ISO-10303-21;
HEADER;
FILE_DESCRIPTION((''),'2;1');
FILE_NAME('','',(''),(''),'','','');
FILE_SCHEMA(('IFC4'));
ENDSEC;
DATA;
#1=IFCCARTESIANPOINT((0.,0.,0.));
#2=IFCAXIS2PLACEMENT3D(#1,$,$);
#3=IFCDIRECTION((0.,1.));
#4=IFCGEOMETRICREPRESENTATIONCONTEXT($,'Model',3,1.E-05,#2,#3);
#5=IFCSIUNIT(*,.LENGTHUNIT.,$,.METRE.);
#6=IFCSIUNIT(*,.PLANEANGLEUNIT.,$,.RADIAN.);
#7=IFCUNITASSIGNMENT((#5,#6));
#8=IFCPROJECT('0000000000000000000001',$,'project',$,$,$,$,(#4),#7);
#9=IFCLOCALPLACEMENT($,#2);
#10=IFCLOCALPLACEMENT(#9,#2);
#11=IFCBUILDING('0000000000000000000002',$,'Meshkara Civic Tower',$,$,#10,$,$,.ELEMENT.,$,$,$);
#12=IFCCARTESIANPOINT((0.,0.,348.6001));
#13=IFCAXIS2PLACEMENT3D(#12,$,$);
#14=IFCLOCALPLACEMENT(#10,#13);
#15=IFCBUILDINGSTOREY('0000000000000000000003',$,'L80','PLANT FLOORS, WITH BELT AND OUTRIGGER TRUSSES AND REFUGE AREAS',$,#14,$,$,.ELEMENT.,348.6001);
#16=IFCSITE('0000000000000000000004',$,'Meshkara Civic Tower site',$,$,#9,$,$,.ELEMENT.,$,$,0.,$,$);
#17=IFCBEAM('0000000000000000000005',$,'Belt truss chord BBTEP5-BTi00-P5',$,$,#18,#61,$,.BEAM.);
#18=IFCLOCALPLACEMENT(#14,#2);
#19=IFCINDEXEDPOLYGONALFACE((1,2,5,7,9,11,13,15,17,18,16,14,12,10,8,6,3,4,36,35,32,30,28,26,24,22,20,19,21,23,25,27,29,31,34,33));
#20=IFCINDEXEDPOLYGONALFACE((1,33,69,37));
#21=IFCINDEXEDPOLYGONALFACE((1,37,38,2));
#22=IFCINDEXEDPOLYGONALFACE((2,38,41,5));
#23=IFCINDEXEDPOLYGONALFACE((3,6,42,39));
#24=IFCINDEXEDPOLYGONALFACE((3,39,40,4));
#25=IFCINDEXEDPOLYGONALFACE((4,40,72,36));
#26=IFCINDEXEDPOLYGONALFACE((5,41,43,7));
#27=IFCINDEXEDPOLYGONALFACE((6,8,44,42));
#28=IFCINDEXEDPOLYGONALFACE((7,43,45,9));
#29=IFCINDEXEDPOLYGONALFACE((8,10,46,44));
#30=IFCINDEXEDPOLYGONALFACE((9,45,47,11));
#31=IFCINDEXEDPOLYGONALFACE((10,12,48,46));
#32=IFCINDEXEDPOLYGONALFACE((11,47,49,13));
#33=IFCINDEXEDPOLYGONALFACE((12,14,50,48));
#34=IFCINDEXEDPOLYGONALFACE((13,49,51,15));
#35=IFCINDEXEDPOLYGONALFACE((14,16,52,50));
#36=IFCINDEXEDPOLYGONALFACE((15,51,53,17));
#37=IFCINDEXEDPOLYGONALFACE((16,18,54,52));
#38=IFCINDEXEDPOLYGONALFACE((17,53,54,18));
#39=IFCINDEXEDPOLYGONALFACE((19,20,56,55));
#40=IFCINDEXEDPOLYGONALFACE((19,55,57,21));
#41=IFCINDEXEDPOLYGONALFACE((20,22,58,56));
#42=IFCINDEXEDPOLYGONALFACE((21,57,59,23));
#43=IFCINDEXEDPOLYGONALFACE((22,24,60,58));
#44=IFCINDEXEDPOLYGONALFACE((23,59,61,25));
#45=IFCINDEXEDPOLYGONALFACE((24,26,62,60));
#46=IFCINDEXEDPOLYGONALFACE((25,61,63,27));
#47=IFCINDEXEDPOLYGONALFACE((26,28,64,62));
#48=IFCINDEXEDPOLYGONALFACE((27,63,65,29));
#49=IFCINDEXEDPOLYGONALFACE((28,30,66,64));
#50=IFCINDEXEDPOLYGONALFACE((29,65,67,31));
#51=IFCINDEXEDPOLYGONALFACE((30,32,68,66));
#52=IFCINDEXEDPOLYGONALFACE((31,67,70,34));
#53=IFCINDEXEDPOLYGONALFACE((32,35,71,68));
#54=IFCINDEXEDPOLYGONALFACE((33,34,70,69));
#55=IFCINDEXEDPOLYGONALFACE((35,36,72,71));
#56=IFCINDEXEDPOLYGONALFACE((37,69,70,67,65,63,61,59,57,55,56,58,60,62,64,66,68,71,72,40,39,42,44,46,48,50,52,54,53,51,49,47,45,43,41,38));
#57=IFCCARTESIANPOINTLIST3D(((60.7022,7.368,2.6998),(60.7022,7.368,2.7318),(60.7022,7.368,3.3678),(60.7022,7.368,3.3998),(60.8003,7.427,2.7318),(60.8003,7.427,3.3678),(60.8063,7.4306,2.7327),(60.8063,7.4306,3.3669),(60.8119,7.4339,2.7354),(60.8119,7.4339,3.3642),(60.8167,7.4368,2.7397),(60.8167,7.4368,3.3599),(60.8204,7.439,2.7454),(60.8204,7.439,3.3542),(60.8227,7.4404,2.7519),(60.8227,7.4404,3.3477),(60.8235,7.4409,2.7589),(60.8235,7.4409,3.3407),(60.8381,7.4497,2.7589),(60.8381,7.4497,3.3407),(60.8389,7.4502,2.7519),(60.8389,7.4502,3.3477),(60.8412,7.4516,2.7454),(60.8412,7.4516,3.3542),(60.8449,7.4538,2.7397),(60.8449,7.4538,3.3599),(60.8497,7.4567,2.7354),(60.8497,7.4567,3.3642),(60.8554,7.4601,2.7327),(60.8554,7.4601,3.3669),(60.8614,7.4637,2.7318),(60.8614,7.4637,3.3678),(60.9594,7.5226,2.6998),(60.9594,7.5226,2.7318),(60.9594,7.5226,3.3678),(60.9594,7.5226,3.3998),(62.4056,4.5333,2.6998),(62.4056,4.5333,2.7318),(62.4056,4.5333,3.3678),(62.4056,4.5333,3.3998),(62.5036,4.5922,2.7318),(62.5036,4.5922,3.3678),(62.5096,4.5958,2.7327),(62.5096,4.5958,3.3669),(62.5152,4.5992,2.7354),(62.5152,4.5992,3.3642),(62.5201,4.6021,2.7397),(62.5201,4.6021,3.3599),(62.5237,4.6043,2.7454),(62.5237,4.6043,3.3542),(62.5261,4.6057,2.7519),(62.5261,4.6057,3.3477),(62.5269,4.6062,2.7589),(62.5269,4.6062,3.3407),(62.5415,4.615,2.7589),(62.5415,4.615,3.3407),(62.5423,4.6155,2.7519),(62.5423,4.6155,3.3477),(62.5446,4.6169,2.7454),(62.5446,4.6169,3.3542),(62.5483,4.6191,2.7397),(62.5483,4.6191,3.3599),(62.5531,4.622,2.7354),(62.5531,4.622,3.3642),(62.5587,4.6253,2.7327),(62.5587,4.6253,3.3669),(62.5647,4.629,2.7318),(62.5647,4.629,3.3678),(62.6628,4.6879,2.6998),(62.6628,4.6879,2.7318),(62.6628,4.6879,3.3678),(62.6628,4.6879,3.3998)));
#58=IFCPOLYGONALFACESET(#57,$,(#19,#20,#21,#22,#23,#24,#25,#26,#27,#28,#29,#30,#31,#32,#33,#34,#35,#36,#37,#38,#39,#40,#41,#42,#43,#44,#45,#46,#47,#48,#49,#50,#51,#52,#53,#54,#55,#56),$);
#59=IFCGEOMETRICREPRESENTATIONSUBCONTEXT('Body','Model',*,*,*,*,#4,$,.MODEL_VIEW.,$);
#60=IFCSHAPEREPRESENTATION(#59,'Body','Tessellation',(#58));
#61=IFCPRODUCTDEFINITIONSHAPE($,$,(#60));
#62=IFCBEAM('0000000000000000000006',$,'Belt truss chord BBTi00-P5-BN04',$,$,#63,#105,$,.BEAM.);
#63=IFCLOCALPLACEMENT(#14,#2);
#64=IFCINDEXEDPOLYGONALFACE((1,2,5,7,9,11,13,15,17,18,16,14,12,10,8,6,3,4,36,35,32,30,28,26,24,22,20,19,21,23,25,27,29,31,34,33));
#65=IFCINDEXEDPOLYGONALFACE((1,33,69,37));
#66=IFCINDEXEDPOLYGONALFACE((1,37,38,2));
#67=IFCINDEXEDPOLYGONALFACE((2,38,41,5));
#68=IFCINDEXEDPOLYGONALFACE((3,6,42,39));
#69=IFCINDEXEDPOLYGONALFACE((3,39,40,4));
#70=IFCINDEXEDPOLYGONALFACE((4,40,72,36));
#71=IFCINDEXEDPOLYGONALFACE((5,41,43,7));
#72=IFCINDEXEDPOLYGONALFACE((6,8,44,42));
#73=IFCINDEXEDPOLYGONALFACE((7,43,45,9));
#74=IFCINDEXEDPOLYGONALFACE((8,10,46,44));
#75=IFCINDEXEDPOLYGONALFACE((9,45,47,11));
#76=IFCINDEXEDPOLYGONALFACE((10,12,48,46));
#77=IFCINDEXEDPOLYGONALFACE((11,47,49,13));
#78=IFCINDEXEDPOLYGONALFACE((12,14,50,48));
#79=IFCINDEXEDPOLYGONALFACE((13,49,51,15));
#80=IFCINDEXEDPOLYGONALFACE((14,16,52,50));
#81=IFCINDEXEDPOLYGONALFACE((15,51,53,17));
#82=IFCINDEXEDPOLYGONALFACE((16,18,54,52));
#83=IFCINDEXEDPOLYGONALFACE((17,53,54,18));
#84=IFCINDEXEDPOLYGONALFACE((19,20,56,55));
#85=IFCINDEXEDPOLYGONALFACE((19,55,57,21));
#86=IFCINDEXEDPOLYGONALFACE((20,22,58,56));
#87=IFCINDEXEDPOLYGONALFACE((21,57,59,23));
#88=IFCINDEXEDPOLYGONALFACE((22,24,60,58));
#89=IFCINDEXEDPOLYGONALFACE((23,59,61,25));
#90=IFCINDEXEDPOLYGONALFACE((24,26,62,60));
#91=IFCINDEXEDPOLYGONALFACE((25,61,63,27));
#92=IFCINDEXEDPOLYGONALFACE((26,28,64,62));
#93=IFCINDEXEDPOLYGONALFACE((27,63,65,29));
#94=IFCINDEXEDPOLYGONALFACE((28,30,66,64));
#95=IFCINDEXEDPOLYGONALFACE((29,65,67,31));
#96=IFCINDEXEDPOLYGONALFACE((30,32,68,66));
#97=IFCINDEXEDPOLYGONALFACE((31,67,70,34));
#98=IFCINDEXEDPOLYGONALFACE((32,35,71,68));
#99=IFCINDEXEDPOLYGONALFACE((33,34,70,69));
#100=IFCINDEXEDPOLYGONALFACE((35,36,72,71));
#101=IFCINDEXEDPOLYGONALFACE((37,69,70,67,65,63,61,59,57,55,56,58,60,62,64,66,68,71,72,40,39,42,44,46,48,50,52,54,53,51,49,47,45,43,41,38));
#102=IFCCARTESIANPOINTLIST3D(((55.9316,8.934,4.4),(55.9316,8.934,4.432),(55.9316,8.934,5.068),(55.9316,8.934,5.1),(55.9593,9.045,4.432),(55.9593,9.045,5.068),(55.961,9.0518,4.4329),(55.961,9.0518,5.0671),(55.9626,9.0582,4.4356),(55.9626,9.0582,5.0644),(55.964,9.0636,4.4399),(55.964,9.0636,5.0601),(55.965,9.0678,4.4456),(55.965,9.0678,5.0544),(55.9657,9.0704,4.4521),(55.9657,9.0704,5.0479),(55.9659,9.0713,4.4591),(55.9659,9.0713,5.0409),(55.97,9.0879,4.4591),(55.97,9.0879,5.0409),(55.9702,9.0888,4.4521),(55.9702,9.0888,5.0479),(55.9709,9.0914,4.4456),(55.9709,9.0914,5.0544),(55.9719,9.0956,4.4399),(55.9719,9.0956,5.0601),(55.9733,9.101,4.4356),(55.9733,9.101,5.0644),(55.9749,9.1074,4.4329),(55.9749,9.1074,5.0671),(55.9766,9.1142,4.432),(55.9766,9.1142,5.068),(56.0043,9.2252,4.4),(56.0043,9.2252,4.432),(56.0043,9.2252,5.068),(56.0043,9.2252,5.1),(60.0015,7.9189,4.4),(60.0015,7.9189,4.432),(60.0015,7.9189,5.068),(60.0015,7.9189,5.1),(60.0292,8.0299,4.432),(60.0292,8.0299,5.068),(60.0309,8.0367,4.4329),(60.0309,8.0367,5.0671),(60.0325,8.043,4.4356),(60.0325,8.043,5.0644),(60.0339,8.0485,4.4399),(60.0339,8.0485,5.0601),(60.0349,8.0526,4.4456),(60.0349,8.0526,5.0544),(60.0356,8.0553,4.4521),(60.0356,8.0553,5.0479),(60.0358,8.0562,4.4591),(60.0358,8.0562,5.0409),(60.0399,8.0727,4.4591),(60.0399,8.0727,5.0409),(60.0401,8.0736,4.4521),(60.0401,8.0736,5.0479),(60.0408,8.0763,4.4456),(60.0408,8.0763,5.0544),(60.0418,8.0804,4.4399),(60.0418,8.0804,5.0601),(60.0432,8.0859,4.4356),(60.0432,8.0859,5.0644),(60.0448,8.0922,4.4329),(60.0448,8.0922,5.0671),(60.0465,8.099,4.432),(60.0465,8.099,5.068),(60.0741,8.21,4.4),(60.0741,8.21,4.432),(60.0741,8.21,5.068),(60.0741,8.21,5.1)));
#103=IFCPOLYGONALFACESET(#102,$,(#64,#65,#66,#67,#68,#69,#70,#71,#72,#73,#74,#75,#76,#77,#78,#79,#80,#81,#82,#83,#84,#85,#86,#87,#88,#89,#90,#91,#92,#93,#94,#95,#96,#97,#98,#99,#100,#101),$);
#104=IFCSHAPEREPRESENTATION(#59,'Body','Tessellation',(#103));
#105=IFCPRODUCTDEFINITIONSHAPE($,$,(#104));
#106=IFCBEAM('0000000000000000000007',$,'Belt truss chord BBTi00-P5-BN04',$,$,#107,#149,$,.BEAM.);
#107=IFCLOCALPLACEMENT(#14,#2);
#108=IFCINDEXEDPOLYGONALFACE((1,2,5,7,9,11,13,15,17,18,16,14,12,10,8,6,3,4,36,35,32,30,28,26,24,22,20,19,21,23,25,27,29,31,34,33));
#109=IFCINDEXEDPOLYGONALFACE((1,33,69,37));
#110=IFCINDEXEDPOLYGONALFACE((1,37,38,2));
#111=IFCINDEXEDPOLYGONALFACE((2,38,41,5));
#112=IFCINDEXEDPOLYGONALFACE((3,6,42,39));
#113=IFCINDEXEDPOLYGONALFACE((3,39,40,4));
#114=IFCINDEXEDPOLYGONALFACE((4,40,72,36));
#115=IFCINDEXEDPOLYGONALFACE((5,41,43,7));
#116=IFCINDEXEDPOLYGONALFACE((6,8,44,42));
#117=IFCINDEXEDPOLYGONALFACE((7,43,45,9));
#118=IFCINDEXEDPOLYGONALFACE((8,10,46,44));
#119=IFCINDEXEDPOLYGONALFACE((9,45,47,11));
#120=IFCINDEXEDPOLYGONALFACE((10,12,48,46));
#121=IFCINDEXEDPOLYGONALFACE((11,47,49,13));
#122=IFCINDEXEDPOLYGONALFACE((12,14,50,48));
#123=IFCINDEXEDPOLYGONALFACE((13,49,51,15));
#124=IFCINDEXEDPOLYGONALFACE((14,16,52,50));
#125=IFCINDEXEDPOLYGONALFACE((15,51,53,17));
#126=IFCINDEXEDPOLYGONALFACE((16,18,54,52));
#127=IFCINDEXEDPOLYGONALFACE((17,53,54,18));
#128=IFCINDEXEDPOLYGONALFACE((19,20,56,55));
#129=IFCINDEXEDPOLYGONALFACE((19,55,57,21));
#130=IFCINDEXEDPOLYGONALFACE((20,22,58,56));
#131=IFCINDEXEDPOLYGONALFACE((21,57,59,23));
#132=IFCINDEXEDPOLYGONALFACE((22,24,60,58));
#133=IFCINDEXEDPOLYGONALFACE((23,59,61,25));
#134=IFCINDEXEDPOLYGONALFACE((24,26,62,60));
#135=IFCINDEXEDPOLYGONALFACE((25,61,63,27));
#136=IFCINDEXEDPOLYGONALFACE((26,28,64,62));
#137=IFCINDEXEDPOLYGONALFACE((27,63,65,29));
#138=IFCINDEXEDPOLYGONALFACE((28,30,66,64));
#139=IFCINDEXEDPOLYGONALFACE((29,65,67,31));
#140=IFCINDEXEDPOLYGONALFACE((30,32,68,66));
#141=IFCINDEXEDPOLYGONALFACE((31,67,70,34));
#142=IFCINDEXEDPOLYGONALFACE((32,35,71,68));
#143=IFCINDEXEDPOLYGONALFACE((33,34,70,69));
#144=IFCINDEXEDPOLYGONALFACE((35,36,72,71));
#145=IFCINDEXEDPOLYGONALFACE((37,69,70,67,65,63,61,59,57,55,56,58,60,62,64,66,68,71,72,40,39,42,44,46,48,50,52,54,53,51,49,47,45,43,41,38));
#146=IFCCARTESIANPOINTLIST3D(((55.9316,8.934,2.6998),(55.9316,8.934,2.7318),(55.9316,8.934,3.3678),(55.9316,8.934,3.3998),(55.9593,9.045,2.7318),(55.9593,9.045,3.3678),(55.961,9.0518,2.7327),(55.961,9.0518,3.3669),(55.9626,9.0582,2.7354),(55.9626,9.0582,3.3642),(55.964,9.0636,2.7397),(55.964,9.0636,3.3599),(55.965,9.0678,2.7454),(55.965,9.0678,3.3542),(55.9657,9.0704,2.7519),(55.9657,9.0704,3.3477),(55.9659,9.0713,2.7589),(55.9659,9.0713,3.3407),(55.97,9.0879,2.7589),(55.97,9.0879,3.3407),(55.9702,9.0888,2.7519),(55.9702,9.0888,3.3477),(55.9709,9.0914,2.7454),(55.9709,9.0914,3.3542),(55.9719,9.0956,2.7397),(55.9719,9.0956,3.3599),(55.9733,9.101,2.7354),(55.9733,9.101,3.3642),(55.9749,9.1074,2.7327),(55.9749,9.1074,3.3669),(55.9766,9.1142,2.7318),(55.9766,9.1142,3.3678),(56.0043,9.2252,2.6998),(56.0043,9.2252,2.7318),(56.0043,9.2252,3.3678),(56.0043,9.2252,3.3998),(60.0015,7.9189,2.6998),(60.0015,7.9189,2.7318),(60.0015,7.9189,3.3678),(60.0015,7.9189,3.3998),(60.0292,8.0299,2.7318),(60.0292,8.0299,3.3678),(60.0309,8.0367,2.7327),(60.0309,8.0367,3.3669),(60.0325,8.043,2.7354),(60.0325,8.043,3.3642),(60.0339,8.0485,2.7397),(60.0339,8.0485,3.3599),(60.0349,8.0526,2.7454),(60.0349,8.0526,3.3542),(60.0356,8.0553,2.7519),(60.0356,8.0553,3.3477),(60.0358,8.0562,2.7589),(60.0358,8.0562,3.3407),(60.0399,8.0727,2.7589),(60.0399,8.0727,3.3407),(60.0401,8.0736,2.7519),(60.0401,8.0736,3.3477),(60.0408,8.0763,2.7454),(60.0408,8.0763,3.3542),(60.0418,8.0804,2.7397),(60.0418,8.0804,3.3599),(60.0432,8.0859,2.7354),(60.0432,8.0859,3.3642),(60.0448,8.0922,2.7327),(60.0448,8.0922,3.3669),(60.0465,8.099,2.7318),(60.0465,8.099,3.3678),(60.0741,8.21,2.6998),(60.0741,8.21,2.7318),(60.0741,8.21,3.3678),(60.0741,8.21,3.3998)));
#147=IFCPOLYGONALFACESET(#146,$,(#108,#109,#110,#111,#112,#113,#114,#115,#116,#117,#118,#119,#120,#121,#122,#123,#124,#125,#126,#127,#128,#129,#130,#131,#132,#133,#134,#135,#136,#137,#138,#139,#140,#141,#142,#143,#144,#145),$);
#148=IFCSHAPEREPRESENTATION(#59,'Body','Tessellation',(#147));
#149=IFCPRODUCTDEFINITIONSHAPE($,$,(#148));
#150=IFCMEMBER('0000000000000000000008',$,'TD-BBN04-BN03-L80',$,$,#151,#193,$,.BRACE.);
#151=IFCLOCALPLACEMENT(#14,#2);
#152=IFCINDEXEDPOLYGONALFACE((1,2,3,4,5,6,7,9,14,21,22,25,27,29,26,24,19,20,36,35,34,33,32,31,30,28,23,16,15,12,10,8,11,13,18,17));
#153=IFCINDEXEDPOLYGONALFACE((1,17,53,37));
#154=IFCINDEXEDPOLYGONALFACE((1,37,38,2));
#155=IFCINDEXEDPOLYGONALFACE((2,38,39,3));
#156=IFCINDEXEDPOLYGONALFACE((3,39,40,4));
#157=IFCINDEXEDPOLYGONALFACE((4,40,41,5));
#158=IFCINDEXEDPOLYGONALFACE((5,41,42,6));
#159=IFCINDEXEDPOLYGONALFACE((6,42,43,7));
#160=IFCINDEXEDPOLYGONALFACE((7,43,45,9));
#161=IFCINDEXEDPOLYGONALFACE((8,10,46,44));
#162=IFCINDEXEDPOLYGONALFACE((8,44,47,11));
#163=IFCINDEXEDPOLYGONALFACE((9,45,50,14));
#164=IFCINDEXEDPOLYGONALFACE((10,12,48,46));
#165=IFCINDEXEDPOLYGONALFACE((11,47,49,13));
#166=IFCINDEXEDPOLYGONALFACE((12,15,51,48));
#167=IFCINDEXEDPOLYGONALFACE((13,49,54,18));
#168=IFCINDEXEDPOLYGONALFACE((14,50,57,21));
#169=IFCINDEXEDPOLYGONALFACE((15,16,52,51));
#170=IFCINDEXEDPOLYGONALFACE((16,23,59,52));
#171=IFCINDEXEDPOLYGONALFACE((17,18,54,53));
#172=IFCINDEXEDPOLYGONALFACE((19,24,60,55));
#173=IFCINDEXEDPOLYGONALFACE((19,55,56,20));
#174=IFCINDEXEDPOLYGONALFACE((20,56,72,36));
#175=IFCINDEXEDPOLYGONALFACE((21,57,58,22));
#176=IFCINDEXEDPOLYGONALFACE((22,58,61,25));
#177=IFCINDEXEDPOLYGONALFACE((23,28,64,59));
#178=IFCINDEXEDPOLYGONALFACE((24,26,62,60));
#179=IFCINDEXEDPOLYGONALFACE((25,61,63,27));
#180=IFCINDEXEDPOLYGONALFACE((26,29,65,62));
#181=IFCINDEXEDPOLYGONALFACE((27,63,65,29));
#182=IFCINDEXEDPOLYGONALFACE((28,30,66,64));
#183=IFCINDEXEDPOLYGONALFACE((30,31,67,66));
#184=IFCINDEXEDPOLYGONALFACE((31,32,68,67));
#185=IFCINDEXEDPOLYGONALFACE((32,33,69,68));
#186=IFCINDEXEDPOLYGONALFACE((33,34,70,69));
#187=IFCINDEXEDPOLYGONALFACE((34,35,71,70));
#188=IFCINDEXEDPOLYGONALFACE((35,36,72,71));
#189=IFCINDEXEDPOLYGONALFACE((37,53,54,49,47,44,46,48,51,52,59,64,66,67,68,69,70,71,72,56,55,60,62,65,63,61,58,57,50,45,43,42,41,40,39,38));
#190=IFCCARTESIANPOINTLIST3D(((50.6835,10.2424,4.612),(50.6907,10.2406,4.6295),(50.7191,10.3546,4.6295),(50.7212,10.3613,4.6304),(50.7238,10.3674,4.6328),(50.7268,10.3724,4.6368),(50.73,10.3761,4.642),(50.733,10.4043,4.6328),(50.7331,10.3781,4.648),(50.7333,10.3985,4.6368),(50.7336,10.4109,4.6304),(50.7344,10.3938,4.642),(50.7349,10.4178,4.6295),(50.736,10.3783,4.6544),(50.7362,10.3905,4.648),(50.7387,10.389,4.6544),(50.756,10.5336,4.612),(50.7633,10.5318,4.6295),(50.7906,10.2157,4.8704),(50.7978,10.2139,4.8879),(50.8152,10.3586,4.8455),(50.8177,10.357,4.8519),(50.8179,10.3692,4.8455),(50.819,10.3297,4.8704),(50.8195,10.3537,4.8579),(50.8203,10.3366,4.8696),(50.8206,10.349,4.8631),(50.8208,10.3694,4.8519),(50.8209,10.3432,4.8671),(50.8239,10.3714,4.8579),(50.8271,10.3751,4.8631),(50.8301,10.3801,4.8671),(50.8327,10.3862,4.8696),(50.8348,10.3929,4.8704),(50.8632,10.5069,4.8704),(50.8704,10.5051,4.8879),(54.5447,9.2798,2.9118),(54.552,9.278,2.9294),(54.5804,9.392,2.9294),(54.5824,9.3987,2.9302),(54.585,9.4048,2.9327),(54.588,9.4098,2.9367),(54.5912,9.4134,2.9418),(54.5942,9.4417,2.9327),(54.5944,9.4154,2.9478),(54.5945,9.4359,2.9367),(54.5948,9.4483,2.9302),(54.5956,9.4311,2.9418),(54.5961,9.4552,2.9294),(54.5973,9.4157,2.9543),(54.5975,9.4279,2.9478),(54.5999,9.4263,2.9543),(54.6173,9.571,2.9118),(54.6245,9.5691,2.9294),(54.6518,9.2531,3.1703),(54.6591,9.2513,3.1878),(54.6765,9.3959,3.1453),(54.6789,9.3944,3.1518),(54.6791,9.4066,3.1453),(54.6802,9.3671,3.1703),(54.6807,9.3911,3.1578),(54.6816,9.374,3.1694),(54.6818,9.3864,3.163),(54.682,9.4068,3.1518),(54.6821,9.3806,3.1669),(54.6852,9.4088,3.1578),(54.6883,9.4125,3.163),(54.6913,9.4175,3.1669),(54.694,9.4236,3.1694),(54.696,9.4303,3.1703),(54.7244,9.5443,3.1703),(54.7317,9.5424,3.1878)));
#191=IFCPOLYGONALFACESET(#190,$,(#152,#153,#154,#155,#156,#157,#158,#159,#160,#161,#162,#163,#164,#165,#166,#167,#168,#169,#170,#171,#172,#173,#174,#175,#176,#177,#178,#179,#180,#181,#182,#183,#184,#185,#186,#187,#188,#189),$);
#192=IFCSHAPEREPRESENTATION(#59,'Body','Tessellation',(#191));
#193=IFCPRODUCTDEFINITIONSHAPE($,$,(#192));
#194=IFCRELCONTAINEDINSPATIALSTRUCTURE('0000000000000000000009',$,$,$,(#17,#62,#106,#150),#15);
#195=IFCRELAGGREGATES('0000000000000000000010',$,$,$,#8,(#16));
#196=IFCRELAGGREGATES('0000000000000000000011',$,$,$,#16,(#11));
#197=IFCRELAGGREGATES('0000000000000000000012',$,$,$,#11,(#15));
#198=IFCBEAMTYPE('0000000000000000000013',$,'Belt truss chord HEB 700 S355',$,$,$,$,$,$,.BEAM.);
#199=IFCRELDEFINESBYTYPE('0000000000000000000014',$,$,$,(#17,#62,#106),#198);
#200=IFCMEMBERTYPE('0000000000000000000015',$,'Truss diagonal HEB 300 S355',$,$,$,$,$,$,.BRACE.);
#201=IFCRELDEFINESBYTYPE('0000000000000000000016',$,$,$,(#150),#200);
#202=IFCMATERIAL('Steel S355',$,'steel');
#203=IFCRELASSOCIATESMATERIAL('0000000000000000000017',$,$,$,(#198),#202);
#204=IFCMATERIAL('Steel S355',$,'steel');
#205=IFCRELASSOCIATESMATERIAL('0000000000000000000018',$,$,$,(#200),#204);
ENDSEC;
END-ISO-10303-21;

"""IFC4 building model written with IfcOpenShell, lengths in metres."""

from ifc_helpers import new_model, si_unit, direction, frame, origin, origin_2d, place, context, subcontext, project, spatial, i_section, extrude, material, material_profile, profile_set, type_object, element, save


model = new_model("IFC4")

# Units and contexts
model_context = context("Model", 3, precision=1e-05, world=origin(), true_north=direction((0.0, 1.0)))
body_context = subcontext(model_context, "Body", "Model", "MODEL_VIEW")
ifc_project = project(units=[si_unit("LENGTHUNIT", "METRE"), si_unit("PLANEANGLEUNIT", "RADIAN")], contexts=[model_context])

# Site, building, storey
site_placement = place(None, origin())
site = spatial("IfcSite", under=ifc_project, at=site_placement, Name="Meshkara Civic Tower site", CompositionType="ELEMENT", RefElevation=0.0)
building_placement = place(site_placement, origin())
building = spatial("IfcBuilding", under=site, at=building_placement, Name="Meshkara Civic Tower", CompositionType="ELEMENT")
storey_placement = place(building_placement, frame((0.0, 0.0, 348.6001)))
storey = spatial("IfcBuildingStorey", under=building, at=storey_placement, Name="L80", Description="PLANT FLOORS, WITH BELT AND OUTRIGGER TRUSSES AND REFUGE AREAS", CompositionType="ELEMENT", Elevation=348.6001)

# Beams
ifc_material_1 = material(Name="Steel S355", Category="steel")
ifc_material_profile_1 = material_profile(ifc_material_1, i_section(OverallWidth=0.3, OverallDepth=0.7, WebThickness=0.0171, FlangeThickness=0.032, FilletRadius=0.0271, at=origin_2d()))
ifc_profile_set_1 = profile_set([ifc_material_profile_1], Name="Steel S355")
beam_type = type_object("IfcBeamType", Name="Belt truss chord HEB 700 S355", PredefinedType="BEAM", material=ifc_profile_set_1)
for number, where, z_axis, x_axis, name in (
    (1, (62.5342, 4.6106, 3.0498), (-0.51506, 0.857154, 0.0), (-0.857154, -0.51506, 0.0), "Belt truss chord BBTEP5-BTi00-P5"),
):
    element("IfcBeam", number, at=place(storey_placement, frame(where, z_axis=z_axis, x_axis=x_axis)), inside=storey, type_object=beam_type, Name=name, PredefinedType="BEAM", context=body_context, shape_type="SweptSolid", body=[
        extrude(i_section(OverallWidth=0.3, OverallDepth=0.7, WebThickness=0.0171, FlangeThickness=0.032, FilletRadius=0.0271, at=origin_2d()), origin(), (0.0, 0.0, 1.0), 3.3071),
    ])
for number, where, z_axis, x_axis, name in (
    (2, (60.0378, 8.0645, 4.75), (-0.970272, 0.242015, 0.0), (-0.242015, -0.970272, 0.0), "Belt truss chord BBTi00-P5-BN04"),
    (3, (60.0378, 8.0645, 3.0498), (-0.970272, 0.242015, 0.0), (-0.242015, -0.970272, 0.0), "Belt truss chord BBTi00-P5-BN04"),
):
    element("IfcBeam", number, at=place(storey_placement, frame(where, z_axis=z_axis, x_axis=x_axis)), inside=storey, type_object=beam_type, Name=name, PredefinedType="BEAM", context=body_context, shape_type="SweptSolid", body=[
        extrude(i_section(OverallWidth=0.3, OverallDepth=0.7, WebThickness=0.0171, FlangeThickness=0.032, FilletRadius=0.0271, at=origin_2d()), origin(), (0.0, 0.0, 1.0), 4.1946),
    ])

# Member
ifc_material_2 = material(Name="Steel S355", Category="steel")
ifc_material_profile_2 = material_profile(ifc_material_2, i_section(OverallWidth=0.3, OverallDepth=0.3, WebThickness=0.011, FlangeThickness=0.019, FilletRadius=0.0271, at=origin_2d()))
ifc_profile_set_2 = profile_set([ifc_material_profile_2], Name="Steel S355")
member_type = type_object("IfcMemberType", Name="Truss diagonal HEB 300 S355", PredefinedType="BRACE", material=ifc_profile_set_2)
member_1_placement = place(storey_placement, frame((54.6382, 9.4111, 3.0498), z_axis=(-0.892278, 0.222449, 0.392882), x_axis=(-0.2419, -0.970301, 0.0)))
element("IfcMember", 4, at=member_1_placement, inside=storey, type_object=member_type, Name="TD-BBN04-BN03-L80", PredefinedType="BRACE", context=body_context, shape_type="SweptSolid", body=[
    extrude(i_section(OverallWidth=0.3, OverallDepth=0.3, WebThickness=0.011, FlangeThickness=0.019, FilletRadius=0.0271, at=origin_2d()), origin(), (0.0, 0.0, 1.0), 4.3274),
])

save(model, "model.ifc")
